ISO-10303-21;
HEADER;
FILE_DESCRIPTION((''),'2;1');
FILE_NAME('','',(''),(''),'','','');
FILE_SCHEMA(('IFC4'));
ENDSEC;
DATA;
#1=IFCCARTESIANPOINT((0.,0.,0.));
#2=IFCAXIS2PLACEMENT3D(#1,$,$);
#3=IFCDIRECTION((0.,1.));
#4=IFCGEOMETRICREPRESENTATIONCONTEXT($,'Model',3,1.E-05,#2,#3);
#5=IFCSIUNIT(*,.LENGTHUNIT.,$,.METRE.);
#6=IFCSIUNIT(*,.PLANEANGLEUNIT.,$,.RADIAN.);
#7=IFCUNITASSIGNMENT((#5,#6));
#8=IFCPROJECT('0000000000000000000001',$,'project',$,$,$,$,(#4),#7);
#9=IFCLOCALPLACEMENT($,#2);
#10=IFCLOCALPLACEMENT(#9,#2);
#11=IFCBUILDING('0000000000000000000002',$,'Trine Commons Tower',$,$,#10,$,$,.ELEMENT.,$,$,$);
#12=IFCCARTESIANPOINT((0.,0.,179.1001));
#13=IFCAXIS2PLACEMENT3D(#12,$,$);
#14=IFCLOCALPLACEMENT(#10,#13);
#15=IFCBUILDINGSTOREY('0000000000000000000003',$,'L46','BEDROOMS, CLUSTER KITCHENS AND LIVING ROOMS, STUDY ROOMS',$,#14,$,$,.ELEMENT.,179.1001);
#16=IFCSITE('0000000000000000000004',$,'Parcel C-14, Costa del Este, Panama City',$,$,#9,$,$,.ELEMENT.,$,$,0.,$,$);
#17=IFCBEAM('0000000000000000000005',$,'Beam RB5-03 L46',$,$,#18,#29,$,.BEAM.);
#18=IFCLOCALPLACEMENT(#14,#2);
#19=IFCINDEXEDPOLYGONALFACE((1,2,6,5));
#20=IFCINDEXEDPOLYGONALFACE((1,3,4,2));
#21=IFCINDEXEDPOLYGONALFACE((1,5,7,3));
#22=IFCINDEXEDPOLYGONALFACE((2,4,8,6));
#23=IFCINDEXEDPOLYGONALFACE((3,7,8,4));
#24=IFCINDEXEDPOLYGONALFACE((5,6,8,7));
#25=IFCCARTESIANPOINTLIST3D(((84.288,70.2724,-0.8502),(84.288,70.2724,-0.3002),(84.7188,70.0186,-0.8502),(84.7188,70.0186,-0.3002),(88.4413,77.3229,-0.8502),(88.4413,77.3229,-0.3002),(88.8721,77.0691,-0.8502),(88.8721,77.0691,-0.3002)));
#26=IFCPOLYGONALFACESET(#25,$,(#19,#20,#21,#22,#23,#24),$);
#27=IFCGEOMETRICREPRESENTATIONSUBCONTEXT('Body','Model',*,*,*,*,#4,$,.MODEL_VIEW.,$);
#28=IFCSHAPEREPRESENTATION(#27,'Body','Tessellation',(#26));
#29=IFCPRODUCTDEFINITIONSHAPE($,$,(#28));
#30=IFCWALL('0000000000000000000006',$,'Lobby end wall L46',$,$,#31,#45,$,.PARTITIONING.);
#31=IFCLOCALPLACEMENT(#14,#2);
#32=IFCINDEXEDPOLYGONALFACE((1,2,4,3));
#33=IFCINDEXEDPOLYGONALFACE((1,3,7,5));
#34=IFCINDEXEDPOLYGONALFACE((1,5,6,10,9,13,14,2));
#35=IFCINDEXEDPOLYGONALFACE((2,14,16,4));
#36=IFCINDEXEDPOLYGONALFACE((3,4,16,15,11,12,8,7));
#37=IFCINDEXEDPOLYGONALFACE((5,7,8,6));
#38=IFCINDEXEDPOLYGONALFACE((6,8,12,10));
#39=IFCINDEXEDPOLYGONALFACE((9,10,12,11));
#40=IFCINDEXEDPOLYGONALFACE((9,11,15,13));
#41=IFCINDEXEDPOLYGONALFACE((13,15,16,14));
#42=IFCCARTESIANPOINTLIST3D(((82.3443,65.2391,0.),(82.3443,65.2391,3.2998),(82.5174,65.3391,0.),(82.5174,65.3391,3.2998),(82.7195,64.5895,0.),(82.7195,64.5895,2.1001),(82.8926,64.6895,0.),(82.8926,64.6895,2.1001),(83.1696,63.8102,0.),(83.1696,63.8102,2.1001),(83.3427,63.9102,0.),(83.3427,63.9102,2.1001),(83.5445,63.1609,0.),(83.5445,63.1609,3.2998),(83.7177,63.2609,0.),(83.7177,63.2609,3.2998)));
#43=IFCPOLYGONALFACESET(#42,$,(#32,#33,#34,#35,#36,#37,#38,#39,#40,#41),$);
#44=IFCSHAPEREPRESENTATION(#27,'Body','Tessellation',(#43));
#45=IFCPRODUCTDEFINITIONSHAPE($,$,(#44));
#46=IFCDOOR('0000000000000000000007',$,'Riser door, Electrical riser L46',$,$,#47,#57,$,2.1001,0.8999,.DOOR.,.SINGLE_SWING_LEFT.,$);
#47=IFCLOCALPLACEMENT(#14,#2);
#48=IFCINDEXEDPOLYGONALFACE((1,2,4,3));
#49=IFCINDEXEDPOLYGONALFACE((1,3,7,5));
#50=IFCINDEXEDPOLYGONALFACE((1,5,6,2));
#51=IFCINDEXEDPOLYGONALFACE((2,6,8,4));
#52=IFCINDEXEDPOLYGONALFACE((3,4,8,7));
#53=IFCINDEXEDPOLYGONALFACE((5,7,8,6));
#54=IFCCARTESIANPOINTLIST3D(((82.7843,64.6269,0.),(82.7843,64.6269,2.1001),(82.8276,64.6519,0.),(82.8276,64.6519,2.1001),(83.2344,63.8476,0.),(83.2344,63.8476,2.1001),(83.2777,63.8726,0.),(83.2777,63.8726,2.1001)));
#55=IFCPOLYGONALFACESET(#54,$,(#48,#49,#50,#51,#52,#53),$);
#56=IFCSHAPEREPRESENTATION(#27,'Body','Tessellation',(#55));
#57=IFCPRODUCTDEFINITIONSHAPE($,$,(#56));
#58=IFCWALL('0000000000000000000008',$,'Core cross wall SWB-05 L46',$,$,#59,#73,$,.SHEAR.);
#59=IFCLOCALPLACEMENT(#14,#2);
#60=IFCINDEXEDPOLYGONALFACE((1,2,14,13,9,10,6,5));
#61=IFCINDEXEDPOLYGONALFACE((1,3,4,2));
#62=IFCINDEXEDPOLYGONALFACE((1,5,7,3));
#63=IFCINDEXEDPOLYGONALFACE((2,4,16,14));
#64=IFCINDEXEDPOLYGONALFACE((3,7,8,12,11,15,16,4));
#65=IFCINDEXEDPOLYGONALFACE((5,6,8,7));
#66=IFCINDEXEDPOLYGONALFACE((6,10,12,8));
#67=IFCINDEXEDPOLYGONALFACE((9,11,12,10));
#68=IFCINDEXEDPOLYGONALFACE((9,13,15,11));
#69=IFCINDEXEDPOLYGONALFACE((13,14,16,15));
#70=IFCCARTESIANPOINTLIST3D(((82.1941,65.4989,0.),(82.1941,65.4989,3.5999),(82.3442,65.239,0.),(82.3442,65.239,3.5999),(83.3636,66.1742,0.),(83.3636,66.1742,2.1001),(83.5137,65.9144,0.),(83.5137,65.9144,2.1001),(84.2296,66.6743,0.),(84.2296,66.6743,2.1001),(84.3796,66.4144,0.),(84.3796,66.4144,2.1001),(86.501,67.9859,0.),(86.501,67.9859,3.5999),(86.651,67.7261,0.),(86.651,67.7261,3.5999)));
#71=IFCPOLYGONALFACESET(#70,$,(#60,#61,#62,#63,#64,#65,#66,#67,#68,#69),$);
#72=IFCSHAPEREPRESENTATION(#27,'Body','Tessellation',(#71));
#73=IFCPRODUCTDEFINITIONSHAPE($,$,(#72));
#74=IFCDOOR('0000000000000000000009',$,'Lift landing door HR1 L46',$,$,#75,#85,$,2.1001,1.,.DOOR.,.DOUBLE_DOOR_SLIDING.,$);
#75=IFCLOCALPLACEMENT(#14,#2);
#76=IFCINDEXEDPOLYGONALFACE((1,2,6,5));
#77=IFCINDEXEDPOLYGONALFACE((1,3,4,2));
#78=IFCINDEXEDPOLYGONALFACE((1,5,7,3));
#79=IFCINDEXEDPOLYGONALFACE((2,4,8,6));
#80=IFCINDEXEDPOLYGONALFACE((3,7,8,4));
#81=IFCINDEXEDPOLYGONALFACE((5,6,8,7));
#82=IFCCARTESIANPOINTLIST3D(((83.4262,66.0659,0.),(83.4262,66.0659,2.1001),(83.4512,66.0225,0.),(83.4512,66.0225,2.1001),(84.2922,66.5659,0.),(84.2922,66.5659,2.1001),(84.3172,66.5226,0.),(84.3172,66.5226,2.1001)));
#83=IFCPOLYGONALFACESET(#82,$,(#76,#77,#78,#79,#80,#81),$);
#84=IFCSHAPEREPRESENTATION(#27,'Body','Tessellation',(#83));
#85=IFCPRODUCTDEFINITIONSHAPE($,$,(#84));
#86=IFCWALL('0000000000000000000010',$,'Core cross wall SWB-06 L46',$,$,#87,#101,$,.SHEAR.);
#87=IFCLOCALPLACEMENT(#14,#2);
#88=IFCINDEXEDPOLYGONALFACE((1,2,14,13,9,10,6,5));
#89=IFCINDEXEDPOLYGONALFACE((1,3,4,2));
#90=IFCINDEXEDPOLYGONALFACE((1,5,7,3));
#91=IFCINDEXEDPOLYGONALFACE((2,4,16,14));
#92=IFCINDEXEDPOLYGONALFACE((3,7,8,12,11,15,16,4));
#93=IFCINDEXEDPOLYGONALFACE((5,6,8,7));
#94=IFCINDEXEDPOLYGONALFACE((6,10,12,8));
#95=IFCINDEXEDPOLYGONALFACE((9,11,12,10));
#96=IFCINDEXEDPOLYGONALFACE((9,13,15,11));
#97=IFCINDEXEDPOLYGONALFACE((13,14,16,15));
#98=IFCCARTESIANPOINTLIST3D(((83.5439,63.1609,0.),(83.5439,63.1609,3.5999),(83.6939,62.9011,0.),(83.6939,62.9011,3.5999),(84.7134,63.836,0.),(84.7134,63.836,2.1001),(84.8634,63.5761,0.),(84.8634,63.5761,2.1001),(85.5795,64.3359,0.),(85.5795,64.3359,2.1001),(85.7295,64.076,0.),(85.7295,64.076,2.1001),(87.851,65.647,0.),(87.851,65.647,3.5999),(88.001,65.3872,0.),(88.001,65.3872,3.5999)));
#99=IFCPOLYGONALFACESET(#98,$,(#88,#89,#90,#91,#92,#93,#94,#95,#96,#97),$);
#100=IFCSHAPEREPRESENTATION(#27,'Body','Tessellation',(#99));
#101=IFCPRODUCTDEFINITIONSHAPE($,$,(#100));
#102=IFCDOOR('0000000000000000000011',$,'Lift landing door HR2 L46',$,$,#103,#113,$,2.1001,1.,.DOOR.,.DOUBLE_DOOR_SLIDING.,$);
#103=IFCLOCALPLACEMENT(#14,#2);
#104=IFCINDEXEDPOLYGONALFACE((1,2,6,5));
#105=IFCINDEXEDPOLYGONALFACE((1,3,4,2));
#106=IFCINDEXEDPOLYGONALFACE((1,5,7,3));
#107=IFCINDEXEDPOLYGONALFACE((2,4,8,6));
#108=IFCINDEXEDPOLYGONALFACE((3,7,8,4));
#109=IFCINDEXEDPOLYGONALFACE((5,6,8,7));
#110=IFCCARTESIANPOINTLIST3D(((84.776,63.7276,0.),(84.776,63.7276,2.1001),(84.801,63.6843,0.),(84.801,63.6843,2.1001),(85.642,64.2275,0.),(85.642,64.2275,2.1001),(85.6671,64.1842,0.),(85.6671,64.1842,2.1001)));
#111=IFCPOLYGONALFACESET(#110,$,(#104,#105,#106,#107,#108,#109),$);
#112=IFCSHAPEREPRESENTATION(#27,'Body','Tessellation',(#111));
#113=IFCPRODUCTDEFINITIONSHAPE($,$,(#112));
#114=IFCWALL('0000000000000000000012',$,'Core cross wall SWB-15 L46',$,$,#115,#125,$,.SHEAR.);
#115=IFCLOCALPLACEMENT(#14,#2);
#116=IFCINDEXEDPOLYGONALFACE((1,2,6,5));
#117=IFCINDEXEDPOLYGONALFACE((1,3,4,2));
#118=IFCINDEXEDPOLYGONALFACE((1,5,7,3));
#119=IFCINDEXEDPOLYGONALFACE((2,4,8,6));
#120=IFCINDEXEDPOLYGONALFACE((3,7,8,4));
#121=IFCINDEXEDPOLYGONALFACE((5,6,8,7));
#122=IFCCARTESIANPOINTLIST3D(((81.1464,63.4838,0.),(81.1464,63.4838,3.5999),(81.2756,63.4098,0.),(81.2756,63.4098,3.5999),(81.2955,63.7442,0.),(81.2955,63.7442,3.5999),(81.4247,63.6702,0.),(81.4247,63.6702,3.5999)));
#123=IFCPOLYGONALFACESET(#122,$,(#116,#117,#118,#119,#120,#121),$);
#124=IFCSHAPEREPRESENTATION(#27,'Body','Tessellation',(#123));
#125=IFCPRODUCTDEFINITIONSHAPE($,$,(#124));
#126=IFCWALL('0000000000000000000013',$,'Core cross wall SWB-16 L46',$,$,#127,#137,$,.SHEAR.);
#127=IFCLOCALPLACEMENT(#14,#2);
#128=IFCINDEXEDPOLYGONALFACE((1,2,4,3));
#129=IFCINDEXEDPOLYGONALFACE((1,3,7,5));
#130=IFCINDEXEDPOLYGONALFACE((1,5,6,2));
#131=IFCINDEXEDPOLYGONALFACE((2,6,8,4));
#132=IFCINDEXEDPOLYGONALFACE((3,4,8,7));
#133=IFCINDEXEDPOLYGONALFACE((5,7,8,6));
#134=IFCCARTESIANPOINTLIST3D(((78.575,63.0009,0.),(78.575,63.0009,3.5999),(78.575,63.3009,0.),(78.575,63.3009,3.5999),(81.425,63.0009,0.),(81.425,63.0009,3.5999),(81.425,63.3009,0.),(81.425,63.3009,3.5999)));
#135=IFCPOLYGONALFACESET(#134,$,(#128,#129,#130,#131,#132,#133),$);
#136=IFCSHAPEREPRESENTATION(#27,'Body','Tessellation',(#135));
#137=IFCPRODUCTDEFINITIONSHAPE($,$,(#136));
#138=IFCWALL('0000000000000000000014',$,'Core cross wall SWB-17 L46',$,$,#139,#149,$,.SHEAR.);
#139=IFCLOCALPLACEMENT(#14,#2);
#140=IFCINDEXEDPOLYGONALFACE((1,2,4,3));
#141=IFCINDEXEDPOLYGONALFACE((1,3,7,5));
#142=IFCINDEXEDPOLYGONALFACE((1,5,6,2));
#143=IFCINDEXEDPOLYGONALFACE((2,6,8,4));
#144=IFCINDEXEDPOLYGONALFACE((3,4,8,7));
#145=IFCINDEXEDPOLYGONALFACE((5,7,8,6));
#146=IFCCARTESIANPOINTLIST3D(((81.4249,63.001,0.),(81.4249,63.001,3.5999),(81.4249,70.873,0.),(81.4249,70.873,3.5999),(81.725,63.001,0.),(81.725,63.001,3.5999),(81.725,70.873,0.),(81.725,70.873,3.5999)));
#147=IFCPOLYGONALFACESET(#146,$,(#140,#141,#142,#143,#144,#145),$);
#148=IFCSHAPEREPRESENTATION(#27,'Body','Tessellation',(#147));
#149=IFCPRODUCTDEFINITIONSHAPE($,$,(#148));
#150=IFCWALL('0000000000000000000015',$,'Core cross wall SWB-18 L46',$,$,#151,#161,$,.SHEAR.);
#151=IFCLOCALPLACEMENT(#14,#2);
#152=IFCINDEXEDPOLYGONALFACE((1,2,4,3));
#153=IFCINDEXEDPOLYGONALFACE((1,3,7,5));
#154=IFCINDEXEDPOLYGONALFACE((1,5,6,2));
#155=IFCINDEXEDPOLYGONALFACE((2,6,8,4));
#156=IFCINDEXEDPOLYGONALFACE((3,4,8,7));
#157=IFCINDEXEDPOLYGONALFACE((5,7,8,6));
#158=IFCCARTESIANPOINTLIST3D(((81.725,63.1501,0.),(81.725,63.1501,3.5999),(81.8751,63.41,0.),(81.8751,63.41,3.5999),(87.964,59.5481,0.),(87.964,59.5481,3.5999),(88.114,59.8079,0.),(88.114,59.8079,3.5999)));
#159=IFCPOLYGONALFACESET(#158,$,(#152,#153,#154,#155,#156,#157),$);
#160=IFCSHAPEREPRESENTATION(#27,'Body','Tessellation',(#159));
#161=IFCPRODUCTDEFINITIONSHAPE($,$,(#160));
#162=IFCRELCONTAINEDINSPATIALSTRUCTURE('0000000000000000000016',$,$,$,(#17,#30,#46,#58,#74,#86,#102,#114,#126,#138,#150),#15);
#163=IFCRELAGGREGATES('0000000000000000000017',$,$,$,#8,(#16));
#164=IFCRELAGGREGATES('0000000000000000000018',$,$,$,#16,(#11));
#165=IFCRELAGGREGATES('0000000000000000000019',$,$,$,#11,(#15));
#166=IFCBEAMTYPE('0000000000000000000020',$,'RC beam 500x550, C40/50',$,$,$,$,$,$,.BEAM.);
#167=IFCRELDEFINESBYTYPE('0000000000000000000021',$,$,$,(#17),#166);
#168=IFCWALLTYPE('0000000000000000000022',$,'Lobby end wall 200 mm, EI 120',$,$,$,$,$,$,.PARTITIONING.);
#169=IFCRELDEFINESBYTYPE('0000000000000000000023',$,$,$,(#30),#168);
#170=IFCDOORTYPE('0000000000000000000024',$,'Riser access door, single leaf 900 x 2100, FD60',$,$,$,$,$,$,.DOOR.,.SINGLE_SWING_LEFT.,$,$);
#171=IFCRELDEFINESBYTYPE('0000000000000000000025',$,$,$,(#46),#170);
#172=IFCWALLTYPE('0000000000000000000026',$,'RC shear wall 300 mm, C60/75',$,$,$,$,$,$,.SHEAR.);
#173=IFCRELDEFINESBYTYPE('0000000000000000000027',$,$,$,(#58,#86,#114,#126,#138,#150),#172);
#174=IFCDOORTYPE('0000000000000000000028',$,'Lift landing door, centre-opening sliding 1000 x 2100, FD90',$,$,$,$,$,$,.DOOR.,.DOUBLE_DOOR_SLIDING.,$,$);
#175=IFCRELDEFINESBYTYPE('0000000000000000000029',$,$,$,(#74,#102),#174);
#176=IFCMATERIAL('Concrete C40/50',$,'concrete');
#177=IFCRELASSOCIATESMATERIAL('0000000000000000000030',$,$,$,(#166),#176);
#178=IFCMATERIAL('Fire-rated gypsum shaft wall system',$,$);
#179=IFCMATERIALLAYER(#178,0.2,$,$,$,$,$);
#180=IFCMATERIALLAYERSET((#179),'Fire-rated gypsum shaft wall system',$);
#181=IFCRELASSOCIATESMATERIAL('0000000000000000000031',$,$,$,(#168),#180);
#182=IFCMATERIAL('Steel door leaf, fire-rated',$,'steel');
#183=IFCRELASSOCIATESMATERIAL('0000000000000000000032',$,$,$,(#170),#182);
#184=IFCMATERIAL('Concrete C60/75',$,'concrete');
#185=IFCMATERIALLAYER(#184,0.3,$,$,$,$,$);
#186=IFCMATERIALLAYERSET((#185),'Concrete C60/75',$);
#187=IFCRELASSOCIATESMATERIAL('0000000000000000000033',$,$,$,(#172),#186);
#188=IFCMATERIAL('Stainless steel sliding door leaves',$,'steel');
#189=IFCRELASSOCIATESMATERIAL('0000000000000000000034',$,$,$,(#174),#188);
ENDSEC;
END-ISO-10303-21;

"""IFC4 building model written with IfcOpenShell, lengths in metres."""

from ifc_helpers import new_model, si_unit, direction, frame, frame_2d, origin, origin_2d, place, context, subcontext, project, spatial, rectangle, extrude, material, layer, layer_set, material_profile, profile_set, type_object, element, fill, save


model = new_model("IFC4")

# Units and contexts
model_context = context("Model", 3, precision=1e-05, world=origin(), true_north=direction((0.0, 1.0)))
body_context = subcontext(model_context, "Body", "Model", "MODEL_VIEW")
ifc_project = project(units=[si_unit("LENGTHUNIT", "METRE"), si_unit("PLANEANGLEUNIT", "RADIAN")], contexts=[model_context])

# Site, building, storey
site_placement = place(None, origin())
site = spatial("IfcSite", under=ifc_project, at=site_placement, Name="Parcel C-14, Costa del Este, Panama City", CompositionType="ELEMENT", RefElevation=0.0)
building_placement = place(site_placement, origin())
building = spatial("IfcBuilding", under=site, at=building_placement, Name="Trine Commons Tower", CompositionType="ELEMENT")
storey_placement = place(building_placement, frame((0.0, 0.0, 179.1001)))
storey = spatial("IfcBuildingStorey", under=building, at=storey_placement, Name="L46", Description="BEDROOMS, CLUSTER KITCHENS AND LIVING ROOMS, STUDY ROOMS", CompositionType="ELEMENT", Elevation=179.1001)

# Beam
ifc_material_1 = material(Name="Concrete C40/50", Category="concrete")
ifc_material_profile = material_profile(ifc_material_1, rectangle(XDim=0.5, YDim=0.55, at=origin_2d()), Name="RC 500x550")
ifc_profile_set = profile_set([ifc_material_profile], Name="Concrete C40/50")
beam_type = type_object("IfcBeamType", Name="RC beam 500x550, C40/50", PredefinedType="BEAM", material=ifc_profile_set)
beam_placement = place(storey_placement, frame((84.5034, 70.1455, -0.5752), z_axis=(0.50756, 0.861617, 0.0), x_axis=(-0.861617, 0.50756, 0.0)))
element("IfcBeam", 1, at=beam_placement, inside=storey, type_object=beam_type, Name="Beam RB5-03 L46", PredefinedType="BEAM", context=body_context, shape_type="SweptSolid", body=[
    extrude(rectangle(XDim=0.5, YDim=0.55, at=origin_2d()), origin(), (0.0, 0.0, 1.0), 8.1829),
])

# Walls, openings, doors
ifc_material_2 = material(Name="Fire-rated gypsum shaft wall system")
ifc_layer_1 = layer(ifc_material_2, 0.2)
ifc_layer_set_1 = layer_set([ifc_layer_1], Name="Fire-rated gypsum shaft wall system")
wall_type_1 = type_object("IfcWallType", Name="Lobby end wall 200 mm, EI 120", PredefinedType="PARTITIONING", material=ifc_layer_set_1)
wall_1_placement = place(storey_placement, frame((83.6311, 63.2109, 0.0), z_axis=(0.0, 0.0, 1.0), x_axis=(-0.500122, 0.865955, 0.0)))
wall_1 = element("IfcWall", 2, at=wall_1_placement, inside=storey, type_object=wall_type_1, Name="Lobby end wall L46", PredefinedType="PARTITIONING", context=body_context, shape_type="SweptSolid", body=[
    extrude(rectangle(XDim=2.3999, YDim=0.2, at=frame_2d((1.2, 0.0))), origin(), (0.0, 0.0, 1.0), 3.2998),
])
opening_1_placement = place(wall_1_placement, frame((0.7498, 0.0, 0.0)))
opening_1 = element("IfcOpeningElement", 3, at=opening_1_placement, cuts=wall_1, PredefinedType="OPENING", context=body_context, shape_type="SweptSolid", body=[
    extrude(rectangle(XDim=0.8999, YDim=2.1001, at=frame_2d((0.45, 1.05))), frame((0.0, 0.1099, 0.0), z_axis=(0.0, -1.0, 0.0), x_axis=(1.0, 0.0, 0.0)), (0.0, 0.0, 1.0), 0.22),
])
ifc_material_3 = material(Name="Steel door leaf, fire-rated", Category="steel")
door_type_1 = type_object("IfcDoorType", Name="Riser access door, single leaf 900 x 2100, FD60", OperationType="SINGLE_SWING_LEFT", PredefinedType="DOOR", material=ifc_material_3)
door_1_placement = place(opening_1_placement, frame((0.8999, 0.0, 0.0), z_axis=(0.0, 0.0, 1.0), x_axis=(-1.0, 0.0, 0.0)))
door_1 = element("IfcDoor", 4, at=door_1_placement, inside=storey, type_object=door_type_1, Name="Riser door, Electrical riser L46", OperationType="SINGLE_SWING_LEFT", OverallHeight=2.1001, OverallWidth=0.8999, PredefinedType="DOOR", context=body_context, shape_type="SweptSolid", body=[
    extrude(rectangle(XDim=0.8999, YDim=2.1001, at=frame_2d((0.45, 1.05))), frame((0.0, 0.0249, 0.0), z_axis=(0.0, -1.0, 0.0), x_axis=(1.0, 0.0, 0.0)), (0.0, 0.0, 1.0), 0.05),
])
fill(opening_1, door_1)
ifc_material_4 = material(Name="Concrete C60/75", Category="concrete")
ifc_layer_2 = layer(ifc_material_4, 0.3)
ifc_layer_set_2 = layer_set([ifc_layer_2], Name="Concrete C60/75")
wall_type_2 = type_object("IfcWallType", Name="RC shear wall 300 mm, C60/75", PredefinedType="SHEAR", material=ifc_layer_set_2)
wall_2_placement = place(storey_placement, frame((82.269, 65.3689, 0.0), z_axis=(0.0, 0.0, 1.0), x_axis=(0.865984, 0.500072, 0.0)))
wall_2 = element("IfcWall", 5, at=wall_2_placement, inside=storey, type_object=wall_type_2, Name="Core cross wall SWB-05 L46", PredefinedType="SHEAR", context=body_context, shape_type="SweptSolid", body=[
    extrude(rectangle(XDim=4.9734, YDim=0.3, at=frame_2d((2.4868, 0.0))), origin(), (0.0, 0.0, 1.0), 3.5999),
])
opening_2_placement = place(wall_2_placement, frame((1.3506, 0.0, 0.0)))
opening_2 = element("IfcOpeningElement", 6, at=opening_2_placement, cuts=wall_2, PredefinedType="OPENING", context=body_context, shape_type="SweptSolid", body=[
    extrude(rectangle(XDim=1.0, YDim=2.1001, at=frame_2d((0.5, 1.05))), frame((0.0, 0.1599, 0.0), z_axis=(0.0, -1.0, 0.0), x_axis=(1.0, 0.0, 0.0)), (0.0, 0.0, 1.0), 0.3201),
])
ifc_material_5 = material(Name="Stainless steel sliding door leaves", Category="steel")
door_type_2 = type_object("IfcDoorType", Name="Lift landing door, centre-opening sliding 1000 x 2100, FD90", OperationType="DOUBLE_DOOR_SLIDING", PredefinedType="DOOR", material=ifc_material_5)
door_2_placement = place(opening_2_placement, origin())
door_2 = element("IfcDoor", 7, at=door_2_placement, inside=storey, type_object=door_type_2, Name="Lift landing door HR1 L46", OperationType="DOUBLE_DOOR_SLIDING", OverallHeight=2.1001, OverallWidth=1.0, PredefinedType="DOOR", context=body_context, shape_type="SweptSolid", body=[
    extrude(rectangle(XDim=1.0, YDim=2.1001, at=frame_2d((0.5, 1.05))), frame((0.0, 0.0249, 0.0), z_axis=(0.0, -1.0, 0.0), x_axis=(1.0, 0.0, 0.0)), (0.0, 0.0, 1.0), 0.05),
])
fill(opening_2, door_2)
wall_3_placement = place(storey_placement, frame((83.6189, 63.031, 0.0), z_axis=(0.0, 0.0, 1.0), x_axis=(0.866081, 0.499904, 0.0)))
wall_3 = element("IfcWall", 8, at=wall_3_placement, inside=storey, type_object=wall_type_2, Name="Core cross wall SWB-06 L46", PredefinedType="SHEAR", context=body_context, shape_type="SweptSolid", body=[
    extrude(rectangle(XDim=4.9731, YDim=0.3, at=frame_2d((2.4866, 0.0))), origin(), (0.0, 0.0, 1.0), 3.5999),
])
opening_3_placement = place(wall_3_placement, frame((1.3503, 0.0, 0.0)))
opening_3 = element("IfcOpeningElement", 9, at=opening_3_placement, cuts=wall_3, PredefinedType="OPENING", context=body_context, shape_type="SweptSolid", body=[
    extrude(rectangle(XDim=1.0, YDim=2.1001, at=frame_2d((0.5, 1.05))), frame((0.0, 0.1599, 0.0), z_axis=(0.0, -1.0, 0.0), x_axis=(1.0, 0.0, 0.0)), (0.0, 0.0, 1.0), 0.3201),
])
door_3_placement = place(opening_3_placement, origin())
door_3 = element("IfcDoor", 10, at=door_3_placement, inside=storey, type_object=door_type_2, Name="Lift landing door HR2 L46", OperationType="DOUBLE_DOOR_SLIDING", OverallHeight=2.1001, OverallWidth=1.0, PredefinedType="DOOR", context=body_context, shape_type="SweptSolid", body=[
    extrude(rectangle(XDim=1.0, YDim=2.1001, at=frame_2d((0.5, 1.05))), frame((0.0, 0.0249, 0.0), z_axis=(0.0, -1.0, 0.0), x_axis=(1.0, 0.0, 0.0)), (0.0, 0.0, 1.0), 0.05),
])
fill(opening_3, door_3)

# Walls
wall_4_placement = place(storey_placement, frame((81.2209, 63.614, 0.0), z_axis=(0.0, 0.0, 1.0), x_axis=(0.867738, -0.497022, 0.0)))
element("IfcWall", 11, at=wall_4_placement, inside=storey, type_object=wall_type_2, Name="Core cross wall SWB-15 L46", PredefinedType="SHEAR", context=body_context, shape_type="SweptSolid", body=[
    extrude(rectangle(XDim=0.1489, YDim=0.3, at=frame_2d((0.0745, 0.0))), origin(), (0.0, 0.0, 1.0), 3.5999),
])
wall_5_placement = place(storey_placement, frame((81.425, 63.1509, 0.0), z_axis=(0.0, 0.0, 1.0), x_axis=(-1.0, 0.0, 0.0)))
element("IfcWall", 12, at=wall_5_placement, inside=storey, type_object=wall_type_2, Name="Core cross wall SWB-16 L46", PredefinedType="SHEAR", context=body_context, shape_type="SweptSolid", body=[
    extrude(rectangle(XDim=2.8501, YDim=0.3, at=frame_2d((1.425, 0.0))), origin(), (0.0, 0.0, 1.0), 3.5999),
])
wall_6_placement = place(storey_placement, frame((81.575, 63.001, 0.0), z_axis=(0.0, 0.0, 1.0), x_axis=(0.0, 1.0, 0.0)))
element("IfcWall", 13, at=wall_6_placement, inside=storey, type_object=wall_type_2, Name="Core cross wall SWB-17 L46", PredefinedType="SHEAR", context=body_context, shape_type="SweptSolid", body=[
    extrude(rectangle(XDim=7.8721, YDim=0.3, at=frame_2d((3.936, 0.0))), origin(), (0.0, 0.0, 1.0), 3.5999),
])
wall_7_placement = place(storey_placement, frame((81.8, 63.28, 0.0), z_axis=(0.0, 0.0, 1.0), x_axis=(0.866028, -0.499995, 0.0)))
element("IfcWall", 14, at=wall_7_placement, inside=storey, type_object=wall_type_2, Name="Core cross wall SWB-18 L46", PredefinedType="SHEAR", context=body_context, shape_type="SweptSolid", body=[
    extrude(rectangle(XDim=7.2041, YDim=0.3, at=frame_2d((3.6021, 0.0))), origin(), (0.0, 0.0, 1.0), 3.5999),
])

save(model, "model.ifc")
